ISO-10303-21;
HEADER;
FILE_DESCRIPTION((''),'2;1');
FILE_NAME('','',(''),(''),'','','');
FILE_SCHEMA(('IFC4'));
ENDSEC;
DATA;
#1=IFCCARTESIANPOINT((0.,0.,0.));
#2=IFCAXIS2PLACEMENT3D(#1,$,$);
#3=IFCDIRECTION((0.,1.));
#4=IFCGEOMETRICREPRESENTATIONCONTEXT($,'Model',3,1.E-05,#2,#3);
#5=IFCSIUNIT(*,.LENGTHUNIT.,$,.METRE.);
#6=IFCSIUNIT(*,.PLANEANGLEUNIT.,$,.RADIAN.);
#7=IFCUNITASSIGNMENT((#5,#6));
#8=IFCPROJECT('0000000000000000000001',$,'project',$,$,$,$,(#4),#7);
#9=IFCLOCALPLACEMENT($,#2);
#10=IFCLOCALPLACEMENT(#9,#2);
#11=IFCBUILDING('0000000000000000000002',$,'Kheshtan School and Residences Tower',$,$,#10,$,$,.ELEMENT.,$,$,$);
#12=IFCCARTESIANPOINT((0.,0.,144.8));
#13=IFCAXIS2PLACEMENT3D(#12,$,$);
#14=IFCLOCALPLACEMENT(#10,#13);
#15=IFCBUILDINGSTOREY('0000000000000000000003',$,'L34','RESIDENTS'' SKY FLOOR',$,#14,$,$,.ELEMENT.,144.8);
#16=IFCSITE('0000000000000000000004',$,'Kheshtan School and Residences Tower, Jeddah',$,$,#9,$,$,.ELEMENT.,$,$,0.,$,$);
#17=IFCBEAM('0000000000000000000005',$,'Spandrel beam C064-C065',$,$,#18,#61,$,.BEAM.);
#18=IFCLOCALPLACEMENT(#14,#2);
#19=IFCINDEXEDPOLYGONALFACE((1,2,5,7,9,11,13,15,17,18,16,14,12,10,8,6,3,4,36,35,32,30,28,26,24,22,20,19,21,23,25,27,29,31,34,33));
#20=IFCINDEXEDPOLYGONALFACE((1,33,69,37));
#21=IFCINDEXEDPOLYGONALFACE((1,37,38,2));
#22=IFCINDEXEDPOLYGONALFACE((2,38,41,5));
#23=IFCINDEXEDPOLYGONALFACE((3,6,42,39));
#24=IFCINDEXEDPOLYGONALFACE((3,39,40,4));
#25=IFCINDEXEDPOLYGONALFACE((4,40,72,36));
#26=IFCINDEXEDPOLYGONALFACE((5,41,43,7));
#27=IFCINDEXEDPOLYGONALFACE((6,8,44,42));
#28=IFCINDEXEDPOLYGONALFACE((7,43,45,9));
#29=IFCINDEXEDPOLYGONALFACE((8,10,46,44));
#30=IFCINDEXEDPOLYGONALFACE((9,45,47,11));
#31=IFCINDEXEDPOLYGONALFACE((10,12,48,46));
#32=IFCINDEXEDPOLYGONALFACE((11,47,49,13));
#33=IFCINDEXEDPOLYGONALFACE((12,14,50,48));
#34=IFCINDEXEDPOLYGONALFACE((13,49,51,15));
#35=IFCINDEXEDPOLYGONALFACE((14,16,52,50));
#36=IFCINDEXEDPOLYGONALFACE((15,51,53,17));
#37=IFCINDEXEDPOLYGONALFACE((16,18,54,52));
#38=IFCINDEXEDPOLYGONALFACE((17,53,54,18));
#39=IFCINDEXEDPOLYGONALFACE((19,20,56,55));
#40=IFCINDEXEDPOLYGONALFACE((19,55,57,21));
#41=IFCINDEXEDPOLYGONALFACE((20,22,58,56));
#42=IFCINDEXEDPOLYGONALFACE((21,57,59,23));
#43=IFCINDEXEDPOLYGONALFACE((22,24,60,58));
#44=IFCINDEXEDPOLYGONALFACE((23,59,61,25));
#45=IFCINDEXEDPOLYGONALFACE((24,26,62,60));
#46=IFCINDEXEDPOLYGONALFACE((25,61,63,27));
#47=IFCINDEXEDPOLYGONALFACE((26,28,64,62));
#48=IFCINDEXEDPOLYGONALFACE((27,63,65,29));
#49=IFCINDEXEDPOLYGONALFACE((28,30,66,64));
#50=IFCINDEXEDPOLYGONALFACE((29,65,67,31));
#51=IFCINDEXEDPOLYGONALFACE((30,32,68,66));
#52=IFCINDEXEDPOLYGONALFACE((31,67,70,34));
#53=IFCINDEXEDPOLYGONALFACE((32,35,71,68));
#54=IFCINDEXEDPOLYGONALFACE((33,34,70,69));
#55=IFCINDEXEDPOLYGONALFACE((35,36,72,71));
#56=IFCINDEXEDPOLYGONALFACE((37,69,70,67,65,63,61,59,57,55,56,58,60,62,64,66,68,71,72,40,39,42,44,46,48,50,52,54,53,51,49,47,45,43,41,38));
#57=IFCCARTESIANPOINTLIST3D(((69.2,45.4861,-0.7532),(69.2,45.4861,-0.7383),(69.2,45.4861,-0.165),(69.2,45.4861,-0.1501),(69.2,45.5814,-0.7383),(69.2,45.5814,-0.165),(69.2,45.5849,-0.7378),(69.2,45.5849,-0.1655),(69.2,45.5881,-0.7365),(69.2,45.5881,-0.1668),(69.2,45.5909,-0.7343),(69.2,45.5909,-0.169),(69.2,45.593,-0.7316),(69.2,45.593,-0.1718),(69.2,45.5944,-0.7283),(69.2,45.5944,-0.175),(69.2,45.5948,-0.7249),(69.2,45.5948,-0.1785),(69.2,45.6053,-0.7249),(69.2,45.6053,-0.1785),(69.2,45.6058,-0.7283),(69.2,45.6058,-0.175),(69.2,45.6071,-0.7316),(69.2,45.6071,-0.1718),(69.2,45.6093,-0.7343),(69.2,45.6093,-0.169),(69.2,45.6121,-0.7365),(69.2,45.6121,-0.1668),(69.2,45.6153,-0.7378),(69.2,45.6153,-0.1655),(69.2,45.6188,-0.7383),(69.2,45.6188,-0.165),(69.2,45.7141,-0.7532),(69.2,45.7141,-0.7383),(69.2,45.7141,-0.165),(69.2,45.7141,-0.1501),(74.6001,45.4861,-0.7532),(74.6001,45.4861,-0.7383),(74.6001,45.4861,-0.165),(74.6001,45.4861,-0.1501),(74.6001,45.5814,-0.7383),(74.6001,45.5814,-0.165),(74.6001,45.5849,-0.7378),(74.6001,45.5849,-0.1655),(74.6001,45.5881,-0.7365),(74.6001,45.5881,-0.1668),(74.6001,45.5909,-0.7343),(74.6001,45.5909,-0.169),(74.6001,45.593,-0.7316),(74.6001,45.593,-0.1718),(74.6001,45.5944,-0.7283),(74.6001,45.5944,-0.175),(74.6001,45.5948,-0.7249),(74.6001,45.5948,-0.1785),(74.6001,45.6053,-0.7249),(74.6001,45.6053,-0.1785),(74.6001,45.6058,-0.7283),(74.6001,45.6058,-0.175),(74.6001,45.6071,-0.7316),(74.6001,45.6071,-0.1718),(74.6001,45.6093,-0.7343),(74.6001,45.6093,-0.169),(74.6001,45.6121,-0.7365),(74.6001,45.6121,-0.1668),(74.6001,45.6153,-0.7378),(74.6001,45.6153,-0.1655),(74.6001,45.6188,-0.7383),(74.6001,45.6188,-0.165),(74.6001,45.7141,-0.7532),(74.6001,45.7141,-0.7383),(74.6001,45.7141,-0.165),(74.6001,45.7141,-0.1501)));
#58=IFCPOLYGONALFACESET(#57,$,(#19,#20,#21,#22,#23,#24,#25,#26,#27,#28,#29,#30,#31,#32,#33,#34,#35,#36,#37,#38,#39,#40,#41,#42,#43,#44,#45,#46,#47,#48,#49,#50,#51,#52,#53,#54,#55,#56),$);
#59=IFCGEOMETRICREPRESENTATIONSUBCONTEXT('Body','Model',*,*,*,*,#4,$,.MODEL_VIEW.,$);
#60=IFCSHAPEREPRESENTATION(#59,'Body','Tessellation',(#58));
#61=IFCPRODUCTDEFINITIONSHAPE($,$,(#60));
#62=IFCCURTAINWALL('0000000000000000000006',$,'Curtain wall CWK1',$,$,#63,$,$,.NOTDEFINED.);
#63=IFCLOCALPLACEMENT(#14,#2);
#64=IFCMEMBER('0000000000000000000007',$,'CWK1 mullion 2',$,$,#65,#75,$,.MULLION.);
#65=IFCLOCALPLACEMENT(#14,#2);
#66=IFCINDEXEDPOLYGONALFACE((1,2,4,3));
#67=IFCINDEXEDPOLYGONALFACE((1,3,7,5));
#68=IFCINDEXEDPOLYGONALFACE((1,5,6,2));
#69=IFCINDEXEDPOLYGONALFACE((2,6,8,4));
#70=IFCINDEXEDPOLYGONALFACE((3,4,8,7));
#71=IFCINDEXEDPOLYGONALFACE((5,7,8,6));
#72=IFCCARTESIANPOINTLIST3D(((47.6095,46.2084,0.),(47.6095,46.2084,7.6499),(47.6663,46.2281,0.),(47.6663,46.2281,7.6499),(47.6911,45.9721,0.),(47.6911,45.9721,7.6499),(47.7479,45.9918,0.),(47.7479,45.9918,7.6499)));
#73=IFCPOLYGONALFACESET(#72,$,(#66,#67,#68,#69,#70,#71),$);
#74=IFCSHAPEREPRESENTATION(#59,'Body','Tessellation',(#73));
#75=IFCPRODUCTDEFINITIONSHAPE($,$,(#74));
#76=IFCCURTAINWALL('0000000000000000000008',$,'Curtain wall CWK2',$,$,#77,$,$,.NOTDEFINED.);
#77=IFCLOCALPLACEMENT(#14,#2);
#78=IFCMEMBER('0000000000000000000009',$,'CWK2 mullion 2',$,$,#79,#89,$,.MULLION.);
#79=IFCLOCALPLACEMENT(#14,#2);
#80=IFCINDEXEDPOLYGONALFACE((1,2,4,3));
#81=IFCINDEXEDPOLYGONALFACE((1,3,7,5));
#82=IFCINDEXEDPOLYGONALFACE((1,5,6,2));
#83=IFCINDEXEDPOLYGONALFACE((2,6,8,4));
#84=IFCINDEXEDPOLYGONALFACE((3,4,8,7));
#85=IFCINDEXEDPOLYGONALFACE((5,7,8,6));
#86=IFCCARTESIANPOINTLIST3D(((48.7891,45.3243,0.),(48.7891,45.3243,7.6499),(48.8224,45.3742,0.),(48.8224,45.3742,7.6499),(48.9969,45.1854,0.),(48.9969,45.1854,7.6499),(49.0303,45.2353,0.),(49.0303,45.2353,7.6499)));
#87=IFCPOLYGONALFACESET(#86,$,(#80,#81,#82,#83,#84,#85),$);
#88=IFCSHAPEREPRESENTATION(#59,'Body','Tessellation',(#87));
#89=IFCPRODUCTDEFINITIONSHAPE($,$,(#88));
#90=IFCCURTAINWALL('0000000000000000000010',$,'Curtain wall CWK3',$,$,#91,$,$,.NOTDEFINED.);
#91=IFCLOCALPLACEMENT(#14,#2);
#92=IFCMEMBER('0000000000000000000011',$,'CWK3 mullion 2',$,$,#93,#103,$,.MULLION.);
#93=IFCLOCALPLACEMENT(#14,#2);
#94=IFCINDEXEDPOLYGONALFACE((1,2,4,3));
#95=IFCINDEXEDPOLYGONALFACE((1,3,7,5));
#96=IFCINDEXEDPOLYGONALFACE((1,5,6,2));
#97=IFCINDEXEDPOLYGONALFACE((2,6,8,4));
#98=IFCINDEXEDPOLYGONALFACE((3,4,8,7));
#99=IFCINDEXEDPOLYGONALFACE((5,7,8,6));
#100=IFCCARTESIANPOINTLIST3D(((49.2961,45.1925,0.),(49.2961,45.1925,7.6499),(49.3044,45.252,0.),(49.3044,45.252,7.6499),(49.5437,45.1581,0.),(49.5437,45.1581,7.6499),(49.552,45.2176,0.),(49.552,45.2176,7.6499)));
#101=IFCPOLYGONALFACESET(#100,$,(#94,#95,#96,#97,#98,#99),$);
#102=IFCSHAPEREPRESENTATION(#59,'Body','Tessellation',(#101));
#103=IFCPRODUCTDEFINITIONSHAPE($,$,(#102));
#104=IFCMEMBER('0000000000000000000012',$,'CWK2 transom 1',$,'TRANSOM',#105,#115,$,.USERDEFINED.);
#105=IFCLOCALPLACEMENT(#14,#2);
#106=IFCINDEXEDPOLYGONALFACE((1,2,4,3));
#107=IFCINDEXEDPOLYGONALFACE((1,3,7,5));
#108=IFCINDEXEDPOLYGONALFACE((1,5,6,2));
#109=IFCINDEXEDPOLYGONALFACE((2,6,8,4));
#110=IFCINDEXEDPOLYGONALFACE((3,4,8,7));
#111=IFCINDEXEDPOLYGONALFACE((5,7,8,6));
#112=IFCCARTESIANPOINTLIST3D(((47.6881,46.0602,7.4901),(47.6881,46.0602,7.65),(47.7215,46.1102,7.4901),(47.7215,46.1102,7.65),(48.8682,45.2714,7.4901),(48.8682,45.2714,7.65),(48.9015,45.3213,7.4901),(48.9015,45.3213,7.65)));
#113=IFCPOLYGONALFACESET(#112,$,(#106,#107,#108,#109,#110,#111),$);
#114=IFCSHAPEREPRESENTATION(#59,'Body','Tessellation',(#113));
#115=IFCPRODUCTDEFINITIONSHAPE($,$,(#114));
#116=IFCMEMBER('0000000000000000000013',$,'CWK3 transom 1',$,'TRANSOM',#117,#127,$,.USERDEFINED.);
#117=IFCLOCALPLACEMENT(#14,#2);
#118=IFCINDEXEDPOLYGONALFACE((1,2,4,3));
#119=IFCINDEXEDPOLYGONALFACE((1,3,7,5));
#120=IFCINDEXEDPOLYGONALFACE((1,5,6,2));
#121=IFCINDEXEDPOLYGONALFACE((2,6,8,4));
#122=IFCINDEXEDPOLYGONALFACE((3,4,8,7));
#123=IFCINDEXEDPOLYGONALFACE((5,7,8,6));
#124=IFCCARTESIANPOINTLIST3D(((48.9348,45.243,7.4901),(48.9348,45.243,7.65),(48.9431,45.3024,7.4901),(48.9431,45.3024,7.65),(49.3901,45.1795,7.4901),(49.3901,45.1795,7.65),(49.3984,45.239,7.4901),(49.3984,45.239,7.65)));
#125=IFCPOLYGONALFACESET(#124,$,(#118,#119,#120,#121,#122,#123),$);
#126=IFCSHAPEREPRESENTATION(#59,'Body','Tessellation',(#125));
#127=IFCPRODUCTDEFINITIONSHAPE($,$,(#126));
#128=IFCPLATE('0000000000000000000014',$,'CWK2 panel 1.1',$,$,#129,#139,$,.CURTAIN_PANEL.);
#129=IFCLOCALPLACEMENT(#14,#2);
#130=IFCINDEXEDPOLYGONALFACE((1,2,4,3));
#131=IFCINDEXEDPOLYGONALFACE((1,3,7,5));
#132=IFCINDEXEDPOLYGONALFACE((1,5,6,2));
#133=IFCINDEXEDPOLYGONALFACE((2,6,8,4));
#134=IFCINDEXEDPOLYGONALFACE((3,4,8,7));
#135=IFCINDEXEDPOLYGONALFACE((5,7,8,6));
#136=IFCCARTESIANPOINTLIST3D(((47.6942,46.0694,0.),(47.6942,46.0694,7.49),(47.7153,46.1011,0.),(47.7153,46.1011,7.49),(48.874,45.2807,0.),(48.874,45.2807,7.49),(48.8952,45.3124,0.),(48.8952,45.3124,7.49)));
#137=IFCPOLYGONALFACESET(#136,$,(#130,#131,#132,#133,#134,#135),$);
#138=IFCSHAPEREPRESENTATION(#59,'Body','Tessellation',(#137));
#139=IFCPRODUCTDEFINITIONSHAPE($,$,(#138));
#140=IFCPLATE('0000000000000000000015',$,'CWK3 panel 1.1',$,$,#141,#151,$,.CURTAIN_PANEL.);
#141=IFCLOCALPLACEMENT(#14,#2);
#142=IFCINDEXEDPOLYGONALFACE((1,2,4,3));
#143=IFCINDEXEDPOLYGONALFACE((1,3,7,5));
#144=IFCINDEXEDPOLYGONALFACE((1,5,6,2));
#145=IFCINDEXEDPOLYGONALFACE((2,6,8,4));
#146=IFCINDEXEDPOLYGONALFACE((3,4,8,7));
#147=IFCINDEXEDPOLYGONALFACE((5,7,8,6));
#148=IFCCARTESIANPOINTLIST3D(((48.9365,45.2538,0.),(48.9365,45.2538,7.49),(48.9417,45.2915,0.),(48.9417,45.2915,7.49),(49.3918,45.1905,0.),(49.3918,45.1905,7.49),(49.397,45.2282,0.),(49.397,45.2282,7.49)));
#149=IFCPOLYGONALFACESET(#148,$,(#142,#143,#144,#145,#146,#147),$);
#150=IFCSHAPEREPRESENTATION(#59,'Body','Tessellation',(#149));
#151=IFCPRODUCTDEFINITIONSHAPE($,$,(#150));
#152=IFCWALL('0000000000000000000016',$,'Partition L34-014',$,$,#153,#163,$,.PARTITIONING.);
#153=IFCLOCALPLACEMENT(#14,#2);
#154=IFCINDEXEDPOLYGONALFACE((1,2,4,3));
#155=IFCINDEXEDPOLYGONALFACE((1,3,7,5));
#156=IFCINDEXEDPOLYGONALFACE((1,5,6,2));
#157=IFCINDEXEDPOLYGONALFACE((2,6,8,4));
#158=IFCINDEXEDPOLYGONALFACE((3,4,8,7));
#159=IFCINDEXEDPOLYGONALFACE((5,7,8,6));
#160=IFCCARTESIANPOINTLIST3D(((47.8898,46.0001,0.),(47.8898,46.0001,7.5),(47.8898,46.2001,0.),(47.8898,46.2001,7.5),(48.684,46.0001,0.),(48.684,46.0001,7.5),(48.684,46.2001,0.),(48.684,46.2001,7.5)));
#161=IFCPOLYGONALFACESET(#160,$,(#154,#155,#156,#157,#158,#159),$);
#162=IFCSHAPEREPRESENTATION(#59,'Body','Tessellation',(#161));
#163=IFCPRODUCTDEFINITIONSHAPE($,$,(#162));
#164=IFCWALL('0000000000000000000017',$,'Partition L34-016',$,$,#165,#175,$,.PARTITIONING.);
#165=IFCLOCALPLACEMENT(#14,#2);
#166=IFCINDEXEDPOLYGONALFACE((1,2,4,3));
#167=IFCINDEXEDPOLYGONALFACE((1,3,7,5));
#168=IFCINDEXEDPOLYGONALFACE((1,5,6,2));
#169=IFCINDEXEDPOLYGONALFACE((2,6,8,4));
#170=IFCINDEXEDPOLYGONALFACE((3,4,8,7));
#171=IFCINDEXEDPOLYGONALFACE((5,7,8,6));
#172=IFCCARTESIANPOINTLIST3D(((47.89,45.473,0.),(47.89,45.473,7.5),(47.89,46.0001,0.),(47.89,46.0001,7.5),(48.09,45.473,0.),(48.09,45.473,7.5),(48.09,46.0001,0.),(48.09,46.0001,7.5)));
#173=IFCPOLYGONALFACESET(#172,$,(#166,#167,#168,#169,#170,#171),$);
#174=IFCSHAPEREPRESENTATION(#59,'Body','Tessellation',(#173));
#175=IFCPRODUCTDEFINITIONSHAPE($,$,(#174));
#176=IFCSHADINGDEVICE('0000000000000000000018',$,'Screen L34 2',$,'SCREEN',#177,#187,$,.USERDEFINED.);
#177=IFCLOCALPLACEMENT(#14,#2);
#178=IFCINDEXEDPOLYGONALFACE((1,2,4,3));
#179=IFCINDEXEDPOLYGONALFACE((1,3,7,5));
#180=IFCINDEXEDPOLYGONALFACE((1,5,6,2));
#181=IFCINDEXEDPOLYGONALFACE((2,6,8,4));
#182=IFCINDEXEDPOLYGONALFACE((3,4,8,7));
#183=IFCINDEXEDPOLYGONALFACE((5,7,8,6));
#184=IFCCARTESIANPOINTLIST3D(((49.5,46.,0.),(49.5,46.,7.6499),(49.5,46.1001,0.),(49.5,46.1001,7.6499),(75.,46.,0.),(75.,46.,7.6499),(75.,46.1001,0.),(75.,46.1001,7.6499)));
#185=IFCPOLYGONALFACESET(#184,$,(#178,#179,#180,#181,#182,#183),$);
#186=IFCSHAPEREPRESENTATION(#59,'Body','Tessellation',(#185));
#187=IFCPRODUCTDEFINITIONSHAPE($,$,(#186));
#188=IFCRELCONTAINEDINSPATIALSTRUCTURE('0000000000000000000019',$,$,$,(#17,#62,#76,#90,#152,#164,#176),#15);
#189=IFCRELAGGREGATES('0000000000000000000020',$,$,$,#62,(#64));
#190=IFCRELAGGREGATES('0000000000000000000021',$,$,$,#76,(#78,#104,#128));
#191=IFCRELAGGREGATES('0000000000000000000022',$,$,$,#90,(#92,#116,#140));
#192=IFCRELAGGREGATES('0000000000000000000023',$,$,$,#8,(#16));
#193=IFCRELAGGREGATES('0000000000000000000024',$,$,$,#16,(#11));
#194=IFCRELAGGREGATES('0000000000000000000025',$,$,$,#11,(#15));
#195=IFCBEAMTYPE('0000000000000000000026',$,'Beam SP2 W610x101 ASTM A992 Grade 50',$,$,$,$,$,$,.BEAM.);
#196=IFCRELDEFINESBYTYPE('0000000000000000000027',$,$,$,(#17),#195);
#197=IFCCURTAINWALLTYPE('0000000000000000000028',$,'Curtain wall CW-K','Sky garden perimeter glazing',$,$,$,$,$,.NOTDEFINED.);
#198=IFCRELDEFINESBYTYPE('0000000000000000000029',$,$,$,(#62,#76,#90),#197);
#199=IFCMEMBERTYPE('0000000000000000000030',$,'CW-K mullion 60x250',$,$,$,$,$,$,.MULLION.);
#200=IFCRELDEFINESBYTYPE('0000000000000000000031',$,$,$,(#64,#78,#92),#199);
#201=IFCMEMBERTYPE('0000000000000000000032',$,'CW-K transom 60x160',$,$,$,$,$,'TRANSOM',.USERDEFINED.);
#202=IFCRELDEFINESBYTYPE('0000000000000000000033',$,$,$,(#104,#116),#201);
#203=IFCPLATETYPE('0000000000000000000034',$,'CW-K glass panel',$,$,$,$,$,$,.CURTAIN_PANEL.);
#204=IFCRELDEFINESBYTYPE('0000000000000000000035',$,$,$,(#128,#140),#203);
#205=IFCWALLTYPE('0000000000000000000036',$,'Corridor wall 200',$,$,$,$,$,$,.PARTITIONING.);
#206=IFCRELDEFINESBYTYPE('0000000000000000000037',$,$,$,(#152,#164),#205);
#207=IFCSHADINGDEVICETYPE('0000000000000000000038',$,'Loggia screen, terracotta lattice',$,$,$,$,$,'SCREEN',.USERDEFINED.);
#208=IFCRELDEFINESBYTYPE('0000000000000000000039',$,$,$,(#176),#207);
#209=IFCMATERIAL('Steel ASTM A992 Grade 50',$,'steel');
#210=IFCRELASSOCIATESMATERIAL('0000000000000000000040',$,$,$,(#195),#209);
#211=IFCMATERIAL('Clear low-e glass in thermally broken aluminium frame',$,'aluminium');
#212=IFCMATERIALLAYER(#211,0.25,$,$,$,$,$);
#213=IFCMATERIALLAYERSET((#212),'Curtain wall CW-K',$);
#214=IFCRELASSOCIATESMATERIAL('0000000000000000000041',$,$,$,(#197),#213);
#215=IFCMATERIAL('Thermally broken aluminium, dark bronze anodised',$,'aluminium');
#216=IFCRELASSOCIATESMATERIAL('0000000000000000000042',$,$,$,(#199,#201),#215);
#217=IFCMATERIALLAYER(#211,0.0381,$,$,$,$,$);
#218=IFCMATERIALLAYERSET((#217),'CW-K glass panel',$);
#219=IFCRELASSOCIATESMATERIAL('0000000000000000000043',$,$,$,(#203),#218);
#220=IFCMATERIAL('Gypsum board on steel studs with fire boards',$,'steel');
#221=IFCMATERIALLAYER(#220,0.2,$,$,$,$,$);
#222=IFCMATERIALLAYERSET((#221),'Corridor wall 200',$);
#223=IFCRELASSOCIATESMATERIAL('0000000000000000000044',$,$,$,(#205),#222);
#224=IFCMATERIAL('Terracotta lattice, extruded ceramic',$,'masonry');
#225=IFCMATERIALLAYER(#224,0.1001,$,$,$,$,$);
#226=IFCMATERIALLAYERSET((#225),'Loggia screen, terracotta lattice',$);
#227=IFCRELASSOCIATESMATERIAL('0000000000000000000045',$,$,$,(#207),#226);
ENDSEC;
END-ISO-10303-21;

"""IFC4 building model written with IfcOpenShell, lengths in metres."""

from ifc_helpers import new_model, si_unit, direction, frame, frame_2d, origin, origin_2d, place, context, subcontext, project, spatial, rectangle, i_section, extrude, material, layer, layer_set, material_profile, profile_set, type_object, element, aggregate, save


model = new_model("IFC4")

# Units and contexts
model_context = context("Model", 3, precision=1e-05, world=origin(), true_north=direction((0.0, 1.0)))
body_context = subcontext(model_context, "Body", "Model", "MODEL_VIEW")
ifc_project = project(units=[si_unit("LENGTHUNIT", "METRE"), si_unit("PLANEANGLEUNIT", "RADIAN")], contexts=[model_context])

# Site, building, storey
site_placement = place(None, origin())
site = spatial("IfcSite", under=ifc_project, at=site_placement, Name="Kheshtan School and Residences Tower, Jeddah", CompositionType="ELEMENT", RefElevation=0.0)
building_placement = place(site_placement, origin())
building = spatial("IfcBuilding", under=site, at=building_placement, Name="Kheshtan School and Residences Tower", CompositionType="ELEMENT")
storey_placement = place(building_placement, frame((0.0, 0.0, 144.8)))
storey = spatial("IfcBuildingStorey", under=building, at=storey_placement, Name="L34", Description="RESIDENTS' SKY FLOOR", CompositionType="ELEMENT", Elevation=144.8)

# Shared definitions
ifc_material_1 = material(Name="Steel ASTM A992 Grade 50", Category="steel")

# Beam
ifc_material_profile_1 = material_profile(ifc_material_1, i_section(OverallWidth=0.228, OverallDepth=0.603, WebThickness=0.0105, FlangeThickness=0.0149, FilletRadius=0.0134, at=origin_2d()), Name="W610x101")
ifc_profile_set_1 = profile_set([ifc_material_profile_1], Name="Steel ASTM A992 Grade 50")
beam_type_1 = type_object("IfcBeamType", Name="Beam SP2 W610x101 ASTM A992 Grade 50", PredefinedType="BEAM", material=ifc_profile_set_1)
beam_1_placement = place(storey_placement, frame((69.2, 45.6001, -0.4517), z_axis=(1.0, 0.0, 0.0), x_axis=(0.0, 1.0, 0.0)))
element("IfcBeam", 1, at=beam_1_placement, inside=storey, type_object=beam_type_1, Name="Spandrel beam C064-C065", PredefinedType="BEAM", context=body_context, shape_type="SweptSolid", body=[
    extrude(i_section(OverallWidth=0.228, OverallDepth=0.603, WebThickness=0.0105, FlangeThickness=0.0149, FilletRadius=0.0134, at=origin_2d()), origin(), (0.0, 0.0, 1.0), 5.4001),
])

# Curtain walls, members
ifc_material_2 = material(Name="Clear low-e glass in thermally broken aluminium frame", Category="aluminium")
ifc_layer_1 = layer(ifc_material_2, 0.25)
ifc_layer_set_1 = layer_set([ifc_layer_1], Name="Curtain wall CW-K")
curtain_wall_type = type_object("IfcCurtainWallType", Name="Curtain wall CW-K", Description="Sky garden perimeter glazing", PredefinedType="NOTDEFINED", material=ifc_layer_set_1)
curtain_wall_1_placement = place(storey_placement, origin())
curtain_wall_1 = element("IfcCurtainWall", 2, at=curtain_wall_1_placement, inside=storey, type_object=curtain_wall_type, Name="Curtain wall CWK1", PredefinedType="NOTDEFINED")
ifc_material_3 = material(Name="Thermally broken aluminium, dark bronze anodised", Category="aluminium")
ifc_material_profile_2 = material_profile(ifc_material_3, rectangle(XDim=0.0601, YDim=0.25, at=origin_2d()), Name="CW-K mullion 60x250")
ifc_profile_set_2 = profile_set([ifc_material_profile_2], Name="Thermally broken aluminium, dark bronze anodised")
member_type_1 = type_object("IfcMemberType", Name="CW-K mullion 60x250", PredefinedType="MULLION", material=ifc_profile_set_2)
member_1_placement = place(storey_placement, frame((47.6787, 46.1001, 0.0), z_axis=(0.0, 0.0, 1.0), x_axis=(0.94519, 0.32652, 0.0)))
member_1 = element("IfcMember", 3, at=member_1_placement, type_object=member_type_1, Name="CWK1 mullion 2", PredefinedType="MULLION", context=body_context, shape_type="SweptSolid", body=[
    extrude(rectangle(XDim=0.0601, YDim=0.25, at=origin_2d()), origin(), (0.0, 0.0, 1.0), 7.6499),
])
aggregate(curtain_wall_1, [member_1])
curtain_wall_2_placement = place(storey_placement, origin())
curtain_wall_2 = element("IfcCurtainWall", 4, at=curtain_wall_2_placement, inside=storey, type_object=curtain_wall_type, Name="Curtain wall CWK2", PredefinedType="NOTDEFINED")
member_2_placement = place(storey_placement, frame((48.9097, 45.2798, 0.0), z_axis=(0.0, 0.0, 1.0), x_axis=(0.555745, 0.831353, 0.0)))
member_2 = element("IfcMember", 5, at=member_2_placement, type_object=member_type_1, Name="CWK2 mullion 2", PredefinedType="MULLION", context=body_context, shape_type="SweptSolid", body=[
    extrude(rectangle(XDim=0.0601, YDim=0.25, at=origin_2d()), origin(), (0.0, 0.0, 1.0), 7.6499),
])
curtain_wall_3_placement = place(storey_placement, origin())
curtain_wall_3 = element("IfcCurtainWall", 6, at=curtain_wall_3_placement, inside=storey, type_object=curtain_wall_type, Name="Curtain wall CWK3", PredefinedType="NOTDEFINED")
member_3_placement = place(storey_placement, frame((49.4241, 45.2051, 0.0), z_axis=(0.0, 0.0, 1.0), x_axis=(0.137713, 0.990472, 0.0)))
member_3 = element("IfcMember", 7, at=member_3_placement, type_object=member_type_1, Name="CWK3 mullion 2", PredefinedType="MULLION", context=body_context, shape_type="SweptSolid", body=[
    extrude(rectangle(XDim=0.0601, YDim=0.25, at=origin_2d()), origin(), (0.0, 0.0, 1.0), 7.6499),
])

# Members
ifc_material_profile_3 = material_profile(ifc_material_3, rectangle(XDim=0.0601, YDim=0.1599, at=origin_2d()), Name="CW-K transom 60x160")
ifc_profile_set_3 = profile_set([ifc_material_profile_3], Name="Thermally broken aluminium, dark bronze anodised")
member_type_2 = type_object("IfcMemberType", Name="CW-K transom 60x160", ElementType="TRANSOM", PredefinedType="USERDEFINED", material=ifc_profile_set_3)
member_4_placement = place(storey_placement, frame((47.7048, 46.0852, 7.5701), z_axis=(0.831335, -0.555772, 0.0), x_axis=(0.555772, 0.831335, 0.0)))
member_4 = element("IfcMember", 8, at=member_4_placement, type_object=member_type_2, Name="CWK2 transom 1", ObjectType="TRANSOM", PredefinedType="USERDEFINED", context=body_context, shape_type="SweptSolid", body=[
    extrude(rectangle(XDim=0.0601, YDim=0.1599, at=origin_2d()), origin(), (0.0, 0.0, 1.0), 1.4194),
])
member_5_placement = place(storey_placement, frame((48.939, 45.2727, 7.5701), z_axis=(0.990422, -0.138075, 0.0), x_axis=(0.138075, 0.990422, 0.0)))
member_5 = element("IfcMember", 9, at=member_5_placement, type_object=member_type_2, Name="CWK3 transom 1", ObjectType="TRANSOM", PredefinedType="USERDEFINED", context=body_context, shape_type="SweptSolid", body=[
    extrude(rectangle(XDim=0.0601, YDim=0.1599, at=origin_2d()), origin(), (0.0, 0.0, 1.0), 0.4597),
])

# Plates
ifc_layer_2 = layer(ifc_material_2, 0.0381)
ifc_layer_set_2 = layer_set([ifc_layer_2], Name="CW-K glass panel")
plate_type = type_object("IfcPlateType", Name="CW-K glass panel", PredefinedType="CURTAIN_PANEL", material=ifc_layer_set_2)
plate_1_placement = place(storey_placement, frame((48.2947, 45.6909, 0.0), z_axis=(0.0, 0.0, 1.0), x_axis=(0.831353, -0.555745, 0.0)))
plate_1 = element("IfcPlate", 10, at=plate_1_placement, type_object=plate_type, Name="CWK2 panel 1.1", PredefinedType="CURTAIN_PANEL", context=body_context, shape_type="SweptSolid", body=[
    extrude(rectangle(XDim=1.4192, YDim=0.0381, at=origin_2d()), origin(), (0.0, 0.0, 1.0), 7.49),
])
aggregate(curtain_wall_2, [member_2, member_4, plate_1])
plate_2_placement = place(storey_placement, frame((49.1667, 45.241, 0.0), z_axis=(0.0, 0.0, 1.0), x_axis=(0.990472, -0.137713, 0.0)))
plate_2 = element("IfcPlate", 11, at=plate_2_placement, type_object=plate_type, Name="CWK3 panel 1.1", PredefinedType="CURTAIN_PANEL", context=body_context, shape_type="SweptSolid", body=[
    extrude(rectangle(XDim=0.4597, YDim=0.0381, at=origin_2d()), origin(), (0.0, 0.0, 1.0), 7.49),
])
aggregate(curtain_wall_3, [member_3, member_5, plate_2])

# Walls
ifc_material_4 = material(Name="Gypsum board on steel studs with fire boards", Category="steel")
ifc_layer_3 = layer(ifc_material_4, 0.2)
ifc_layer_set_3 = layer_set([ifc_layer_3], Name="Corridor wall 200")
wall_type = type_object("IfcWallType", Name="Corridor wall 200", PredefinedType="PARTITIONING", material=ifc_layer_set_3)
wall_1_placement = place(storey_placement, frame((47.8899, 46.1001, 0.0), z_axis=(0.0, 0.0, 1.0), x_axis=(1.0, 0.0, 0.0)))
element("IfcWall", 12, at=wall_1_placement, inside=storey, type_object=wall_type, Name="Partition L34-014", PredefinedType="PARTITIONING", context=body_context, shape_type="SweptSolid", body=[
    extrude(rectangle(XDim=0.7942, YDim=0.2, at=frame_2d((0.397, 0.0))), origin(), (0.0, 0.0, 1.0), 7.5),
])
wall_2_placement = place(storey_placement, frame((47.99, 45.4729, 0.0), z_axis=(0.0, 0.0, 1.0), x_axis=(0.0, 1.0, 0.0)))
element("IfcWall", 13, at=wall_2_placement, inside=storey, type_object=wall_type, Name="Partition L34-016", PredefinedType="PARTITIONING", context=body_context, shape_type="SweptSolid", body=[
    extrude(rectangle(XDim=0.5271, YDim=0.2, at=frame_2d((0.2637, 0.0))), origin(), (0.0, 0.0, 1.0), 7.5),
])

# Shading device
ifc_material_5 = material(Name="Terracotta lattice, extruded ceramic", Category="masonry")
ifc_layer_4 = layer(ifc_material_5, 0.1001)
ifc_layer_set_4 = layer_set([ifc_layer_4], Name="Loggia screen, terracotta lattice")
shading_device_type = type_object("IfcShadingDeviceType", Name="Loggia screen, terracotta lattice", ElementType="SCREEN", PredefinedType="USERDEFINED", material=ifc_layer_set_4)
shading_device_placement = place(storey_placement, frame((62.25, 46.05, 0.0), z_axis=(0.0, 0.0, 1.0), x_axis=(1.0, 0.0, 0.0)))
element("IfcShadingDevice", 14, at=shading_device_placement, inside=storey, type_object=shading_device_type, Name="Screen L34 2", ObjectType="SCREEN", PredefinedType="USERDEFINED", context=body_context, shape_type="SweptSolid", body=[
    extrude(rectangle(XDim=25.5, YDim=0.1001, at=origin_2d()), origin(), (0.0, 0.0, 1.0), 7.6499),
])

save(model, "model.ifc")
